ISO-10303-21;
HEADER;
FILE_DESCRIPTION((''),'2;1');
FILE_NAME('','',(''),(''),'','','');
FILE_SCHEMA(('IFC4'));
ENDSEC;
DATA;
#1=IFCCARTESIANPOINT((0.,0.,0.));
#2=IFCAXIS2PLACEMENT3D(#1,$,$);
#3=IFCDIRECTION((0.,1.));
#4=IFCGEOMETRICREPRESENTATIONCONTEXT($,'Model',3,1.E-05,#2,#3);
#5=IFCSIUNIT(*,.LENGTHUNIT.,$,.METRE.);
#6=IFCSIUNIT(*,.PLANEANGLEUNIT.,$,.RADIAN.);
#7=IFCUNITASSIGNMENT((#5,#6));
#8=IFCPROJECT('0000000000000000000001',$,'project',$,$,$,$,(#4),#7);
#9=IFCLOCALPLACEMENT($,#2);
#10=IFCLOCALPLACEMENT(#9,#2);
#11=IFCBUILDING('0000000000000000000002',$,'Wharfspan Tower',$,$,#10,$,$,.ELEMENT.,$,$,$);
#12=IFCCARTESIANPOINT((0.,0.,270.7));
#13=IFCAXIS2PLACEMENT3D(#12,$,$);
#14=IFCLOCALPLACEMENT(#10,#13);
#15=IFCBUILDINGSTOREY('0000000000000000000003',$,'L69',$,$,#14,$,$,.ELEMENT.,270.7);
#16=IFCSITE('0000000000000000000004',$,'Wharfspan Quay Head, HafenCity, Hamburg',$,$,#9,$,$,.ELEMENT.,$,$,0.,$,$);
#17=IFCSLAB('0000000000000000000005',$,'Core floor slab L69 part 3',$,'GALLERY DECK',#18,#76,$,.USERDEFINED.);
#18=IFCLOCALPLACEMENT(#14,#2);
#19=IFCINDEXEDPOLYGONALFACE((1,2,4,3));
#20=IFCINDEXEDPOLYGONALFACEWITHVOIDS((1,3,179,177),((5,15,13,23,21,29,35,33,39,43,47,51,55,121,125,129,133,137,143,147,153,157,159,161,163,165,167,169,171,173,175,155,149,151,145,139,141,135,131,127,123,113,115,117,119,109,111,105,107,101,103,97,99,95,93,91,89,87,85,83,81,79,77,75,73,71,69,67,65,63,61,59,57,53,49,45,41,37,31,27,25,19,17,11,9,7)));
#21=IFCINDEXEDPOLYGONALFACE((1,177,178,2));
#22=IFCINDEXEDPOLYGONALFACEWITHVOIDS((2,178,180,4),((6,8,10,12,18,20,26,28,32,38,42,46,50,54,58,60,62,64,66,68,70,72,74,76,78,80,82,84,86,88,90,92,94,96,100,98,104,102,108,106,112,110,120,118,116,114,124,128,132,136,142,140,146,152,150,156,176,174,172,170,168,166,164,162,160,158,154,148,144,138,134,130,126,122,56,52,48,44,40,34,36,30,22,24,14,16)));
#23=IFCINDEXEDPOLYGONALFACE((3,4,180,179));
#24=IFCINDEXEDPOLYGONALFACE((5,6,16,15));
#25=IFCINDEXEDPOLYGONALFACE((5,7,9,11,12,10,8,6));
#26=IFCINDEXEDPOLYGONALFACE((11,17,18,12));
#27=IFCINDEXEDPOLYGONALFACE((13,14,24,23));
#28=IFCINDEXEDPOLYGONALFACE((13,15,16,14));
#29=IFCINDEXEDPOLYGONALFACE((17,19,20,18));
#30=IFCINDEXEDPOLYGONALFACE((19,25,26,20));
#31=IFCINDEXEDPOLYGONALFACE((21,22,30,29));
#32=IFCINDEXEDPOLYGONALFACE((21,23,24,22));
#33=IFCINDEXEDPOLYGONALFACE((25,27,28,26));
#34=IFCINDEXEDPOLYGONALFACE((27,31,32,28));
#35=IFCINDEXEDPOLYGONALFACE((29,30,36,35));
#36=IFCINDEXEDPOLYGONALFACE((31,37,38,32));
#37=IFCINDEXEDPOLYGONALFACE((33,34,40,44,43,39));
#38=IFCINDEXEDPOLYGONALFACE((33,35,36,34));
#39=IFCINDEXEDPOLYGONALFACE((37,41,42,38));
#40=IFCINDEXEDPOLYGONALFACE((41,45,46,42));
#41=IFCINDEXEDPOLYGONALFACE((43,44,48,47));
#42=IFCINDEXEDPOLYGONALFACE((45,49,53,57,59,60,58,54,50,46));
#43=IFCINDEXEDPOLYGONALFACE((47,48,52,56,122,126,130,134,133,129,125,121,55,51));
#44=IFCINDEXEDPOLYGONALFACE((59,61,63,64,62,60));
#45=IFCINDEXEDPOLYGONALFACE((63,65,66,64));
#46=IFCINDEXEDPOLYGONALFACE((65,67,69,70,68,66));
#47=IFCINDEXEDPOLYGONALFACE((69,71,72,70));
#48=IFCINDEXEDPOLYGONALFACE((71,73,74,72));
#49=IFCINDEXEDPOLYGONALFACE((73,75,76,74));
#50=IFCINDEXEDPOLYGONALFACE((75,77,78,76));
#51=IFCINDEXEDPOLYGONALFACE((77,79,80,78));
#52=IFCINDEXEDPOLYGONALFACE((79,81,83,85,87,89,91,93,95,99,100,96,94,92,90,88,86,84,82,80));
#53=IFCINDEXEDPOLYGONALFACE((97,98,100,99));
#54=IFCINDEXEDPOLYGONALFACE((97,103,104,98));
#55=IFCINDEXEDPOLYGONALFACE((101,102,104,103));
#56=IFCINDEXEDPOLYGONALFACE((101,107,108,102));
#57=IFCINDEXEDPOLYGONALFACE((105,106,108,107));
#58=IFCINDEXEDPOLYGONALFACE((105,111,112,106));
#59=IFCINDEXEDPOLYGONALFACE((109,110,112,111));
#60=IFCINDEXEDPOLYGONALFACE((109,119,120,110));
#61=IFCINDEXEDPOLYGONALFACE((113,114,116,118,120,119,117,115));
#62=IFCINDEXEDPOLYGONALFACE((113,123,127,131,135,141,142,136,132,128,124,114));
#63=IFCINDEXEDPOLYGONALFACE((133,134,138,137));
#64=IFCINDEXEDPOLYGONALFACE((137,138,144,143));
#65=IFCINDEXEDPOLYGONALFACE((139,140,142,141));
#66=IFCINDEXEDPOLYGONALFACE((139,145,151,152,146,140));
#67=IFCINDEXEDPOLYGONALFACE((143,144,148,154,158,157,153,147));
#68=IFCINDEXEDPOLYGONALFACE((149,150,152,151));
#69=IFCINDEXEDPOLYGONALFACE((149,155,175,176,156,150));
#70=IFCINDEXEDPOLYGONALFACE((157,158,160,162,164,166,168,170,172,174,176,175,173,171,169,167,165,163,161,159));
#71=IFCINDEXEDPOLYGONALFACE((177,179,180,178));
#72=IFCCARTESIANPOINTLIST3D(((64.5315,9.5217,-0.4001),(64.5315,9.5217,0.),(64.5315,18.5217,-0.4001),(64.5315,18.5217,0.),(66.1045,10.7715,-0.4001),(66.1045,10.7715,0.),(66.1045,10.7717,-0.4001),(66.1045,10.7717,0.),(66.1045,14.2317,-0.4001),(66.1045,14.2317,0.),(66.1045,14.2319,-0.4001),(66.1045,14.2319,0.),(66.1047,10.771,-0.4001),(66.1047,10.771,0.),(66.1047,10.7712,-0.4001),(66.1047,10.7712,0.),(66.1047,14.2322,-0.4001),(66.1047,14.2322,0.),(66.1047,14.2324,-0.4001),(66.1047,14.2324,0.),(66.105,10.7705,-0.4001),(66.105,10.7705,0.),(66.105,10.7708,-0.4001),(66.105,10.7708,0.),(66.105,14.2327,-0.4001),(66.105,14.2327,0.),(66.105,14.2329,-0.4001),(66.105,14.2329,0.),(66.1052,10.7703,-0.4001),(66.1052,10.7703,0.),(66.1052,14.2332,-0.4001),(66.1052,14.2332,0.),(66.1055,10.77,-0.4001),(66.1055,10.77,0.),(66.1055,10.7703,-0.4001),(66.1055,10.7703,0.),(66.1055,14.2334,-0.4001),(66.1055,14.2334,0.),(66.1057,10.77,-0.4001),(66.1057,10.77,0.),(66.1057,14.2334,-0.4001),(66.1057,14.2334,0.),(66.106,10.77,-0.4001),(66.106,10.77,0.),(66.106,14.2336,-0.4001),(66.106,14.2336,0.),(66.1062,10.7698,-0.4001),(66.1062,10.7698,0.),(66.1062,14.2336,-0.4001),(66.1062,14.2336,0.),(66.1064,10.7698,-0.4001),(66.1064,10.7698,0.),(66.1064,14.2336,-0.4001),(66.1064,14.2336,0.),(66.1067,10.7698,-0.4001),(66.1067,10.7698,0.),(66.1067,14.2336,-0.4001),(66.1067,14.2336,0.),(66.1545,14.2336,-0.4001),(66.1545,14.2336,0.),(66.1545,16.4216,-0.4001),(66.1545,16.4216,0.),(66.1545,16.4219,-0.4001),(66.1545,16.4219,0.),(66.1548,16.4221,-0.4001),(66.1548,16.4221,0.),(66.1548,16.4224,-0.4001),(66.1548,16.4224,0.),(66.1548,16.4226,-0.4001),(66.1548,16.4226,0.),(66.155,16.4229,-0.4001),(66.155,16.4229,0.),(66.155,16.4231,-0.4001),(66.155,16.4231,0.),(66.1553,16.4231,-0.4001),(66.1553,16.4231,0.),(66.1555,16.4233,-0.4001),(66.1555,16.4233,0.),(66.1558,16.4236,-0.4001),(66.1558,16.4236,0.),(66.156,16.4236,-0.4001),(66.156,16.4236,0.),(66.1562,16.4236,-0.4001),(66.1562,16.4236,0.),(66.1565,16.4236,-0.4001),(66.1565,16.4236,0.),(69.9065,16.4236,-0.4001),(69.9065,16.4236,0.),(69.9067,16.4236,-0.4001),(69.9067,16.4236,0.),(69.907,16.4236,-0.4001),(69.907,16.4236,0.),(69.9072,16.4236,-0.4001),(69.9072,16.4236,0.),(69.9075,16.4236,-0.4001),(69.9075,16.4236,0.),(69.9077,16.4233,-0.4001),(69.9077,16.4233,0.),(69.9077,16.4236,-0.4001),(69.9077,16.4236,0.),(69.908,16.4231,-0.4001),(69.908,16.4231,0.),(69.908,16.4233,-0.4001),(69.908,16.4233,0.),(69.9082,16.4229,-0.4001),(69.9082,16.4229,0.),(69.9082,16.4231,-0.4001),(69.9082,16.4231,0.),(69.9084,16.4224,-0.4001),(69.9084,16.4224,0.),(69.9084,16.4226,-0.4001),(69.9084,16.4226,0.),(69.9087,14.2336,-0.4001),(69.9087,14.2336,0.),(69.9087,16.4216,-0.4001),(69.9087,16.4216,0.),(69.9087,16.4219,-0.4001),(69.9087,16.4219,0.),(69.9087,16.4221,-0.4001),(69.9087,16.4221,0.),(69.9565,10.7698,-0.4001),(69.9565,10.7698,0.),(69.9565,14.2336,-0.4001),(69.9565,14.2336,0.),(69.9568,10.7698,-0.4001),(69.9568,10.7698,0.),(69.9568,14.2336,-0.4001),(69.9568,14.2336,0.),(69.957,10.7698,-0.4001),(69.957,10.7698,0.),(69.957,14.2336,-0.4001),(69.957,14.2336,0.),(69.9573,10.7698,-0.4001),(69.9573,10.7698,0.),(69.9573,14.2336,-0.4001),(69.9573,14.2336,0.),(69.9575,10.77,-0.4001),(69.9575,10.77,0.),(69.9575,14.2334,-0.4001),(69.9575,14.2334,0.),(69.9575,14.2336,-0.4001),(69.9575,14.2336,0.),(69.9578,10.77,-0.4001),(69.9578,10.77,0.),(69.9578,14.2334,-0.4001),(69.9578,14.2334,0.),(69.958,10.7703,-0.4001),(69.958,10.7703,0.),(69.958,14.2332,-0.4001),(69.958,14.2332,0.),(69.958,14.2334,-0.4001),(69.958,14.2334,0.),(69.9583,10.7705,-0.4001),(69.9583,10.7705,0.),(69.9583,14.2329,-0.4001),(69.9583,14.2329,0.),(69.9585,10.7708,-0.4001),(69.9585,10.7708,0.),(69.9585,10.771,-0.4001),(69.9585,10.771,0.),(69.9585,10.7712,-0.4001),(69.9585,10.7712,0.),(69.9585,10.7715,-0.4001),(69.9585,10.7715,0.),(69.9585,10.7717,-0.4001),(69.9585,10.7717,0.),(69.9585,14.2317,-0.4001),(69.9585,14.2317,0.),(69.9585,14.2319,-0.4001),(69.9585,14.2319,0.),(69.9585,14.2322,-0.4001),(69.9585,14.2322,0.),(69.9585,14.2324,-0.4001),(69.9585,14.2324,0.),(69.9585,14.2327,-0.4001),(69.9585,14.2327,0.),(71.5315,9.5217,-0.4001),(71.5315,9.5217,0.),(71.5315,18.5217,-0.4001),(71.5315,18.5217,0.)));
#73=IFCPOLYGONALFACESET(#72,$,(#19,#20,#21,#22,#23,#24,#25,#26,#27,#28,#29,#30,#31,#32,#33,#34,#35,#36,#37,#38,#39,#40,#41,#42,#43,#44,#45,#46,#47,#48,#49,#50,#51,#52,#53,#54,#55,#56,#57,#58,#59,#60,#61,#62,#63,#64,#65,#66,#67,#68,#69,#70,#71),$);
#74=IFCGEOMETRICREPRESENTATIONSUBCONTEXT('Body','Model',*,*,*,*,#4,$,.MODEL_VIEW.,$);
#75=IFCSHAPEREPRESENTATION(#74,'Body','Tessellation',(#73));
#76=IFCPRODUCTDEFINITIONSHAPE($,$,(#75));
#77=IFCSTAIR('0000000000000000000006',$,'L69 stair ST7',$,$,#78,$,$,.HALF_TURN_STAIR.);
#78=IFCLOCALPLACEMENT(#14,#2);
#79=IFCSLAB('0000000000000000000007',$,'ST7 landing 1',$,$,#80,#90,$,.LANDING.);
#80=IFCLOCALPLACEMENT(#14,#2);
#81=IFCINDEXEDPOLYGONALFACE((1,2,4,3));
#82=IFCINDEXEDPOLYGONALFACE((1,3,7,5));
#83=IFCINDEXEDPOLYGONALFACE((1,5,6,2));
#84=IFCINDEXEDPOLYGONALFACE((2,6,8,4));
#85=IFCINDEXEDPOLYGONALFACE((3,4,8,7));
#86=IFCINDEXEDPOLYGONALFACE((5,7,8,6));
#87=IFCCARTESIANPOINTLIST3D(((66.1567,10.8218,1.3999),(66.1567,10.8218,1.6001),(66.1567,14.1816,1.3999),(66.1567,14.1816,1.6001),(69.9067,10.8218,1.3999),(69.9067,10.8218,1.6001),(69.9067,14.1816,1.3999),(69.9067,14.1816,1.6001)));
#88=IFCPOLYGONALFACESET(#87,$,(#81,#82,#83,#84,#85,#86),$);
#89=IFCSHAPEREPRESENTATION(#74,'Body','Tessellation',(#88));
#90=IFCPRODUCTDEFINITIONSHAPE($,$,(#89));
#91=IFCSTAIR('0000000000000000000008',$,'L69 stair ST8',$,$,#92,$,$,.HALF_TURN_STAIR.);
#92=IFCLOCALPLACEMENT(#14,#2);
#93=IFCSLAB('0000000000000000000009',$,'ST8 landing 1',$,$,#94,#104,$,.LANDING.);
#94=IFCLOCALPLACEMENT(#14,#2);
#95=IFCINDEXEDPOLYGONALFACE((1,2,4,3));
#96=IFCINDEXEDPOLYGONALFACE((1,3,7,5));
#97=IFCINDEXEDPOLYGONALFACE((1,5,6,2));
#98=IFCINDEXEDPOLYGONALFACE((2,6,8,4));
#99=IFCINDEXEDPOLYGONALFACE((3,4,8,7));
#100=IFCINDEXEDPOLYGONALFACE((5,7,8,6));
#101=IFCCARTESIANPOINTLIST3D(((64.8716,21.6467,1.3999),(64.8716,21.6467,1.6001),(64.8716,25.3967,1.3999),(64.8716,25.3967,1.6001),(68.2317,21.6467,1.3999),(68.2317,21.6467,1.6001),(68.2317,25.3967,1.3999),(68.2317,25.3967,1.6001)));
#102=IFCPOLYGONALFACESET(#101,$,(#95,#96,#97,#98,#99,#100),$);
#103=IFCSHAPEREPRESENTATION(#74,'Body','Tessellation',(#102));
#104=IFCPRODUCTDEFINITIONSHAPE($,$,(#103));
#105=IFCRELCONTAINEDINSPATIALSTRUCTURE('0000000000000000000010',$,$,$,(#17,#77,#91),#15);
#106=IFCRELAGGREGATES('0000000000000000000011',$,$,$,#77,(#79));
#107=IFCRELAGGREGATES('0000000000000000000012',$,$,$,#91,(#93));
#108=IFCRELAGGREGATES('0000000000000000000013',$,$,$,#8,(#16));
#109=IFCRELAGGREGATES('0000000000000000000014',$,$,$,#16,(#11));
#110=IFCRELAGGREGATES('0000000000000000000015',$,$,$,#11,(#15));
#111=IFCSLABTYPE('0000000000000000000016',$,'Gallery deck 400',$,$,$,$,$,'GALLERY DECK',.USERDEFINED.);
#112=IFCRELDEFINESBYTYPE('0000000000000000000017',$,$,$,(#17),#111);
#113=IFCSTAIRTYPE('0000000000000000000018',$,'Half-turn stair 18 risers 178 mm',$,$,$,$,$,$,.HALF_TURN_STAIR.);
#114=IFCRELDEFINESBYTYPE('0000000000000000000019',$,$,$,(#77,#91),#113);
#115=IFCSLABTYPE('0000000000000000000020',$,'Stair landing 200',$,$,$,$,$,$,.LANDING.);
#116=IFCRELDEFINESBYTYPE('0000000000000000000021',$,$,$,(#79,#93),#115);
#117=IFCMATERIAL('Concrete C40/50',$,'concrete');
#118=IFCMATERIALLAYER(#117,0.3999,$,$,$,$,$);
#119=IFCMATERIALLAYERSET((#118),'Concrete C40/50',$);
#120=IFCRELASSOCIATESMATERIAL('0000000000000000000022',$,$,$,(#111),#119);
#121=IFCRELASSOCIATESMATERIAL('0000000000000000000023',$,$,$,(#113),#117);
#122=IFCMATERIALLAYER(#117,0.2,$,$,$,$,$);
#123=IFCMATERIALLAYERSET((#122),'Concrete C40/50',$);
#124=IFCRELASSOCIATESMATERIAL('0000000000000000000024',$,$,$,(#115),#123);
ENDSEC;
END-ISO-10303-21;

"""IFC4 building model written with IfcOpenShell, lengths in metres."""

from ifc_helpers import new_model, si_unit, direction, frame, origin, place, context, subcontext, project, spatial, polyline, outline, extrude, material, layer, layer_set, type_object, element, aggregate, save


model = new_model("IFC4")

# Units and contexts
model_context = context("Model", 3, precision=1e-05, world=origin(), true_north=direction((0.0, 1.0)))
body_context = subcontext(model_context, "Body", "Model", "MODEL_VIEW")
ifc_project = project(units=[si_unit("LENGTHUNIT", "METRE"), si_unit("PLANEANGLEUNIT", "RADIAN")], contexts=[model_context])

# Site, building, storey
site_placement = place(None, origin())
site = spatial("IfcSite", under=ifc_project, at=site_placement, Name="Wharfspan Quay Head, HafenCity, Hamburg", CompositionType="ELEMENT", RefElevation=0.0)
building_placement = place(site_placement, origin())
building = spatial("IfcBuilding", under=site, at=building_placement, Name="Wharfspan Tower", CompositionType="ELEMENT")
storey_placement = place(building_placement, frame((0.0, 0.0, 270.7)))
storey = spatial("IfcBuildingStorey", under=building, at=storey_placement, Name="L69", CompositionType="ELEMENT", Elevation=270.7)

# Slab
ifc_material_1 = material(Name="Concrete C40/50", Category="concrete")
ifc_layer_1 = layer(ifc_material_1, 0.3999)
ifc_layer_set_1 = layer_set([ifc_layer_1], Name="Concrete C40/50")
slab_type_1 = type_object("IfcSlabType", Name="Gallery deck 400", ElementType="GALLERY DECK", PredefinedType="USERDEFINED", material=ifc_layer_set_1)
slab_1_placement = place(storey_placement, frame((0.0, 0.0, -0.4001)))
element("IfcSlab", 1, at=slab_1_placement, inside=storey, type_object=slab_type_1, Name="Core floor slab L69 part 3", ObjectType="GALLERY DECK", PredefinedType="USERDEFINED", context=body_context, shape_type="SweptSolid", body=[
    extrude(outline(polyline([(64.5315, 9.5217), (71.5315, 9.5217), (71.5315, 18.5217), (64.5315, 18.5217), (64.5315, 9.5217)]), holes=[polyline([(66.1545, 16.4216), (66.1545, 16.4219), (66.1548, 16.4221), (66.1548, 16.4224), (66.1548, 16.4226), (66.1548, 16.4226), (66.155, 16.4229), (66.155, 16.4231), (66.1553, 16.4231), (66.1555, 16.4233), (66.1555, 16.4233), (66.1558, 16.4236), (66.156, 16.4236), (66.156, 16.4236), (66.1562, 16.4236), (66.1565, 16.4236), (66.1565, 16.4236), (69.9065, 16.4236), (69.9067, 16.4236), (69.907, 16.4236), (69.9072, 16.4236), (69.9075, 16.4236), (69.9077, 16.4236), (69.9077, 16.4233), (69.908, 16.4233), (69.908, 16.4231), (69.9082, 16.4231), (69.9082, 16.4229), (69.9084, 16.4226), (69.9084, 16.4226), (69.9084, 16.4224), (69.9087, 16.4221), (69.9087, 16.4219), (69.9087, 16.4216), (69.9087, 14.2336), (69.9565, 14.2336), (69.9568, 14.2336), (69.957, 14.2336), (69.9573, 14.2336), (69.9575, 14.2336), (69.9575, 14.2334), (69.9578, 14.2334), (69.958, 14.2334), (69.958, 14.2332), (69.9583, 14.2329), (69.9583, 14.2329), (69.9585, 14.2327), (69.9585, 14.2324), (69.9585, 14.2324), (69.9585, 14.2322), (69.9585, 14.2319), (69.9585, 14.2317), (69.9585, 10.7717), (69.9585, 10.7715), (69.9585, 10.7712), (69.9585, 10.771), (69.9585, 10.771), (69.9585, 10.7708), (69.9583, 10.7705), (69.9583, 10.7705), (69.958, 10.7703), (69.958, 10.7703), (69.9578, 10.77), (69.9575, 10.77), (69.9575, 10.77), (69.9573, 10.7698), (69.957, 10.7698), (69.9568, 10.7698), (69.9565, 10.7698), (66.1067, 10.7698), (66.1064, 10.7698), (66.1062, 10.7698), (66.1062, 10.7698), (66.106, 10.77), (66.1057, 10.77), (66.1055, 10.77), (66.1055, 10.7703), (66.1052, 10.7703), (66.105, 10.7705), (66.105, 10.7705), (66.105, 10.7708), (66.1047, 10.771), (66.1047, 10.771), (66.1047, 10.7712), (66.1045, 10.7715), (66.1045, 10.7717), (66.1045, 14.2317), (66.1045, 14.2319), (66.1047, 14.2322), (66.1047, 14.2324), (66.1047, 14.2324), (66.105, 14.2327), (66.105, 14.2329), (66.105, 14.2329), (66.1052, 14.2332), (66.1055, 14.2334), (66.1055, 14.2334), (66.1057, 14.2334), (66.106, 14.2336), (66.1062, 14.2336), (66.1062, 14.2336), (66.1064, 14.2336), (66.1067, 14.2336), (66.1545, 14.2336), (66.1545, 16.4216)])]), origin(), (0.0, 0.0, 1.0), 0.4001),
])

# Stairs, slabs
stair_type = type_object("IfcStairType", Name="Half-turn stair 18 risers 178 mm", PredefinedType="HALF_TURN_STAIR", material=ifc_material_1)
stair_1_placement = place(storey_placement, origin())
stair_1 = element("IfcStair", 2, at=stair_1_placement, inside=storey, type_object=stair_type, Name="L69 stair ST7", PredefinedType="HALF_TURN_STAIR")
ifc_layer_2 = layer(ifc_material_1, 0.2)
ifc_layer_set_2 = layer_set([ifc_layer_2], Name="Concrete C40/50")
slab_type_2 = type_object("IfcSlabType", Name="Stair landing 200", PredefinedType="LANDING", material=ifc_layer_set_2)
slab_2_placement = place(storey_placement, frame((0.0, 0.0, 1.3999)))
slab_2 = element("IfcSlab", 3, at=slab_2_placement, type_object=slab_type_2, Name="ST7 landing 1", PredefinedType="LANDING", context=body_context, shape_type="SweptSolid", body=[
    extrude(outline(polyline([(66.1567, 14.1816), (66.1567, 10.8218), (69.9067, 10.8218), (69.9067, 14.1816), (66.1567, 14.1816)])), origin(), (0.0, 0.0, 1.0), 0.2002),
])
aggregate(stair_1, [slab_2])
stair_2_placement = place(storey_placement, origin())
stair_2 = element("IfcStair", 4, at=stair_2_placement, inside=storey, type_object=stair_type, Name="L69 stair ST8", PredefinedType="HALF_TURN_STAIR")
slab_3_placement = place(storey_placement, frame((0.0, 0.0, 1.3999)))
slab_3 = element("IfcSlab", 5, at=slab_3_placement, type_object=slab_type_2, Name="ST8 landing 1", PredefinedType="LANDING", context=body_context, shape_type="SweptSolid", body=[
    extrude(outline(polyline([(64.8716, 21.6467), (68.2317, 21.6467), (68.2317, 25.3967), (64.8716, 25.3967), (64.8716, 21.6467)])), origin(), (0.0, 0.0, 1.0), 0.2002),
])
aggregate(stair_2, [slab_3])

save(model, "model.ifc")
